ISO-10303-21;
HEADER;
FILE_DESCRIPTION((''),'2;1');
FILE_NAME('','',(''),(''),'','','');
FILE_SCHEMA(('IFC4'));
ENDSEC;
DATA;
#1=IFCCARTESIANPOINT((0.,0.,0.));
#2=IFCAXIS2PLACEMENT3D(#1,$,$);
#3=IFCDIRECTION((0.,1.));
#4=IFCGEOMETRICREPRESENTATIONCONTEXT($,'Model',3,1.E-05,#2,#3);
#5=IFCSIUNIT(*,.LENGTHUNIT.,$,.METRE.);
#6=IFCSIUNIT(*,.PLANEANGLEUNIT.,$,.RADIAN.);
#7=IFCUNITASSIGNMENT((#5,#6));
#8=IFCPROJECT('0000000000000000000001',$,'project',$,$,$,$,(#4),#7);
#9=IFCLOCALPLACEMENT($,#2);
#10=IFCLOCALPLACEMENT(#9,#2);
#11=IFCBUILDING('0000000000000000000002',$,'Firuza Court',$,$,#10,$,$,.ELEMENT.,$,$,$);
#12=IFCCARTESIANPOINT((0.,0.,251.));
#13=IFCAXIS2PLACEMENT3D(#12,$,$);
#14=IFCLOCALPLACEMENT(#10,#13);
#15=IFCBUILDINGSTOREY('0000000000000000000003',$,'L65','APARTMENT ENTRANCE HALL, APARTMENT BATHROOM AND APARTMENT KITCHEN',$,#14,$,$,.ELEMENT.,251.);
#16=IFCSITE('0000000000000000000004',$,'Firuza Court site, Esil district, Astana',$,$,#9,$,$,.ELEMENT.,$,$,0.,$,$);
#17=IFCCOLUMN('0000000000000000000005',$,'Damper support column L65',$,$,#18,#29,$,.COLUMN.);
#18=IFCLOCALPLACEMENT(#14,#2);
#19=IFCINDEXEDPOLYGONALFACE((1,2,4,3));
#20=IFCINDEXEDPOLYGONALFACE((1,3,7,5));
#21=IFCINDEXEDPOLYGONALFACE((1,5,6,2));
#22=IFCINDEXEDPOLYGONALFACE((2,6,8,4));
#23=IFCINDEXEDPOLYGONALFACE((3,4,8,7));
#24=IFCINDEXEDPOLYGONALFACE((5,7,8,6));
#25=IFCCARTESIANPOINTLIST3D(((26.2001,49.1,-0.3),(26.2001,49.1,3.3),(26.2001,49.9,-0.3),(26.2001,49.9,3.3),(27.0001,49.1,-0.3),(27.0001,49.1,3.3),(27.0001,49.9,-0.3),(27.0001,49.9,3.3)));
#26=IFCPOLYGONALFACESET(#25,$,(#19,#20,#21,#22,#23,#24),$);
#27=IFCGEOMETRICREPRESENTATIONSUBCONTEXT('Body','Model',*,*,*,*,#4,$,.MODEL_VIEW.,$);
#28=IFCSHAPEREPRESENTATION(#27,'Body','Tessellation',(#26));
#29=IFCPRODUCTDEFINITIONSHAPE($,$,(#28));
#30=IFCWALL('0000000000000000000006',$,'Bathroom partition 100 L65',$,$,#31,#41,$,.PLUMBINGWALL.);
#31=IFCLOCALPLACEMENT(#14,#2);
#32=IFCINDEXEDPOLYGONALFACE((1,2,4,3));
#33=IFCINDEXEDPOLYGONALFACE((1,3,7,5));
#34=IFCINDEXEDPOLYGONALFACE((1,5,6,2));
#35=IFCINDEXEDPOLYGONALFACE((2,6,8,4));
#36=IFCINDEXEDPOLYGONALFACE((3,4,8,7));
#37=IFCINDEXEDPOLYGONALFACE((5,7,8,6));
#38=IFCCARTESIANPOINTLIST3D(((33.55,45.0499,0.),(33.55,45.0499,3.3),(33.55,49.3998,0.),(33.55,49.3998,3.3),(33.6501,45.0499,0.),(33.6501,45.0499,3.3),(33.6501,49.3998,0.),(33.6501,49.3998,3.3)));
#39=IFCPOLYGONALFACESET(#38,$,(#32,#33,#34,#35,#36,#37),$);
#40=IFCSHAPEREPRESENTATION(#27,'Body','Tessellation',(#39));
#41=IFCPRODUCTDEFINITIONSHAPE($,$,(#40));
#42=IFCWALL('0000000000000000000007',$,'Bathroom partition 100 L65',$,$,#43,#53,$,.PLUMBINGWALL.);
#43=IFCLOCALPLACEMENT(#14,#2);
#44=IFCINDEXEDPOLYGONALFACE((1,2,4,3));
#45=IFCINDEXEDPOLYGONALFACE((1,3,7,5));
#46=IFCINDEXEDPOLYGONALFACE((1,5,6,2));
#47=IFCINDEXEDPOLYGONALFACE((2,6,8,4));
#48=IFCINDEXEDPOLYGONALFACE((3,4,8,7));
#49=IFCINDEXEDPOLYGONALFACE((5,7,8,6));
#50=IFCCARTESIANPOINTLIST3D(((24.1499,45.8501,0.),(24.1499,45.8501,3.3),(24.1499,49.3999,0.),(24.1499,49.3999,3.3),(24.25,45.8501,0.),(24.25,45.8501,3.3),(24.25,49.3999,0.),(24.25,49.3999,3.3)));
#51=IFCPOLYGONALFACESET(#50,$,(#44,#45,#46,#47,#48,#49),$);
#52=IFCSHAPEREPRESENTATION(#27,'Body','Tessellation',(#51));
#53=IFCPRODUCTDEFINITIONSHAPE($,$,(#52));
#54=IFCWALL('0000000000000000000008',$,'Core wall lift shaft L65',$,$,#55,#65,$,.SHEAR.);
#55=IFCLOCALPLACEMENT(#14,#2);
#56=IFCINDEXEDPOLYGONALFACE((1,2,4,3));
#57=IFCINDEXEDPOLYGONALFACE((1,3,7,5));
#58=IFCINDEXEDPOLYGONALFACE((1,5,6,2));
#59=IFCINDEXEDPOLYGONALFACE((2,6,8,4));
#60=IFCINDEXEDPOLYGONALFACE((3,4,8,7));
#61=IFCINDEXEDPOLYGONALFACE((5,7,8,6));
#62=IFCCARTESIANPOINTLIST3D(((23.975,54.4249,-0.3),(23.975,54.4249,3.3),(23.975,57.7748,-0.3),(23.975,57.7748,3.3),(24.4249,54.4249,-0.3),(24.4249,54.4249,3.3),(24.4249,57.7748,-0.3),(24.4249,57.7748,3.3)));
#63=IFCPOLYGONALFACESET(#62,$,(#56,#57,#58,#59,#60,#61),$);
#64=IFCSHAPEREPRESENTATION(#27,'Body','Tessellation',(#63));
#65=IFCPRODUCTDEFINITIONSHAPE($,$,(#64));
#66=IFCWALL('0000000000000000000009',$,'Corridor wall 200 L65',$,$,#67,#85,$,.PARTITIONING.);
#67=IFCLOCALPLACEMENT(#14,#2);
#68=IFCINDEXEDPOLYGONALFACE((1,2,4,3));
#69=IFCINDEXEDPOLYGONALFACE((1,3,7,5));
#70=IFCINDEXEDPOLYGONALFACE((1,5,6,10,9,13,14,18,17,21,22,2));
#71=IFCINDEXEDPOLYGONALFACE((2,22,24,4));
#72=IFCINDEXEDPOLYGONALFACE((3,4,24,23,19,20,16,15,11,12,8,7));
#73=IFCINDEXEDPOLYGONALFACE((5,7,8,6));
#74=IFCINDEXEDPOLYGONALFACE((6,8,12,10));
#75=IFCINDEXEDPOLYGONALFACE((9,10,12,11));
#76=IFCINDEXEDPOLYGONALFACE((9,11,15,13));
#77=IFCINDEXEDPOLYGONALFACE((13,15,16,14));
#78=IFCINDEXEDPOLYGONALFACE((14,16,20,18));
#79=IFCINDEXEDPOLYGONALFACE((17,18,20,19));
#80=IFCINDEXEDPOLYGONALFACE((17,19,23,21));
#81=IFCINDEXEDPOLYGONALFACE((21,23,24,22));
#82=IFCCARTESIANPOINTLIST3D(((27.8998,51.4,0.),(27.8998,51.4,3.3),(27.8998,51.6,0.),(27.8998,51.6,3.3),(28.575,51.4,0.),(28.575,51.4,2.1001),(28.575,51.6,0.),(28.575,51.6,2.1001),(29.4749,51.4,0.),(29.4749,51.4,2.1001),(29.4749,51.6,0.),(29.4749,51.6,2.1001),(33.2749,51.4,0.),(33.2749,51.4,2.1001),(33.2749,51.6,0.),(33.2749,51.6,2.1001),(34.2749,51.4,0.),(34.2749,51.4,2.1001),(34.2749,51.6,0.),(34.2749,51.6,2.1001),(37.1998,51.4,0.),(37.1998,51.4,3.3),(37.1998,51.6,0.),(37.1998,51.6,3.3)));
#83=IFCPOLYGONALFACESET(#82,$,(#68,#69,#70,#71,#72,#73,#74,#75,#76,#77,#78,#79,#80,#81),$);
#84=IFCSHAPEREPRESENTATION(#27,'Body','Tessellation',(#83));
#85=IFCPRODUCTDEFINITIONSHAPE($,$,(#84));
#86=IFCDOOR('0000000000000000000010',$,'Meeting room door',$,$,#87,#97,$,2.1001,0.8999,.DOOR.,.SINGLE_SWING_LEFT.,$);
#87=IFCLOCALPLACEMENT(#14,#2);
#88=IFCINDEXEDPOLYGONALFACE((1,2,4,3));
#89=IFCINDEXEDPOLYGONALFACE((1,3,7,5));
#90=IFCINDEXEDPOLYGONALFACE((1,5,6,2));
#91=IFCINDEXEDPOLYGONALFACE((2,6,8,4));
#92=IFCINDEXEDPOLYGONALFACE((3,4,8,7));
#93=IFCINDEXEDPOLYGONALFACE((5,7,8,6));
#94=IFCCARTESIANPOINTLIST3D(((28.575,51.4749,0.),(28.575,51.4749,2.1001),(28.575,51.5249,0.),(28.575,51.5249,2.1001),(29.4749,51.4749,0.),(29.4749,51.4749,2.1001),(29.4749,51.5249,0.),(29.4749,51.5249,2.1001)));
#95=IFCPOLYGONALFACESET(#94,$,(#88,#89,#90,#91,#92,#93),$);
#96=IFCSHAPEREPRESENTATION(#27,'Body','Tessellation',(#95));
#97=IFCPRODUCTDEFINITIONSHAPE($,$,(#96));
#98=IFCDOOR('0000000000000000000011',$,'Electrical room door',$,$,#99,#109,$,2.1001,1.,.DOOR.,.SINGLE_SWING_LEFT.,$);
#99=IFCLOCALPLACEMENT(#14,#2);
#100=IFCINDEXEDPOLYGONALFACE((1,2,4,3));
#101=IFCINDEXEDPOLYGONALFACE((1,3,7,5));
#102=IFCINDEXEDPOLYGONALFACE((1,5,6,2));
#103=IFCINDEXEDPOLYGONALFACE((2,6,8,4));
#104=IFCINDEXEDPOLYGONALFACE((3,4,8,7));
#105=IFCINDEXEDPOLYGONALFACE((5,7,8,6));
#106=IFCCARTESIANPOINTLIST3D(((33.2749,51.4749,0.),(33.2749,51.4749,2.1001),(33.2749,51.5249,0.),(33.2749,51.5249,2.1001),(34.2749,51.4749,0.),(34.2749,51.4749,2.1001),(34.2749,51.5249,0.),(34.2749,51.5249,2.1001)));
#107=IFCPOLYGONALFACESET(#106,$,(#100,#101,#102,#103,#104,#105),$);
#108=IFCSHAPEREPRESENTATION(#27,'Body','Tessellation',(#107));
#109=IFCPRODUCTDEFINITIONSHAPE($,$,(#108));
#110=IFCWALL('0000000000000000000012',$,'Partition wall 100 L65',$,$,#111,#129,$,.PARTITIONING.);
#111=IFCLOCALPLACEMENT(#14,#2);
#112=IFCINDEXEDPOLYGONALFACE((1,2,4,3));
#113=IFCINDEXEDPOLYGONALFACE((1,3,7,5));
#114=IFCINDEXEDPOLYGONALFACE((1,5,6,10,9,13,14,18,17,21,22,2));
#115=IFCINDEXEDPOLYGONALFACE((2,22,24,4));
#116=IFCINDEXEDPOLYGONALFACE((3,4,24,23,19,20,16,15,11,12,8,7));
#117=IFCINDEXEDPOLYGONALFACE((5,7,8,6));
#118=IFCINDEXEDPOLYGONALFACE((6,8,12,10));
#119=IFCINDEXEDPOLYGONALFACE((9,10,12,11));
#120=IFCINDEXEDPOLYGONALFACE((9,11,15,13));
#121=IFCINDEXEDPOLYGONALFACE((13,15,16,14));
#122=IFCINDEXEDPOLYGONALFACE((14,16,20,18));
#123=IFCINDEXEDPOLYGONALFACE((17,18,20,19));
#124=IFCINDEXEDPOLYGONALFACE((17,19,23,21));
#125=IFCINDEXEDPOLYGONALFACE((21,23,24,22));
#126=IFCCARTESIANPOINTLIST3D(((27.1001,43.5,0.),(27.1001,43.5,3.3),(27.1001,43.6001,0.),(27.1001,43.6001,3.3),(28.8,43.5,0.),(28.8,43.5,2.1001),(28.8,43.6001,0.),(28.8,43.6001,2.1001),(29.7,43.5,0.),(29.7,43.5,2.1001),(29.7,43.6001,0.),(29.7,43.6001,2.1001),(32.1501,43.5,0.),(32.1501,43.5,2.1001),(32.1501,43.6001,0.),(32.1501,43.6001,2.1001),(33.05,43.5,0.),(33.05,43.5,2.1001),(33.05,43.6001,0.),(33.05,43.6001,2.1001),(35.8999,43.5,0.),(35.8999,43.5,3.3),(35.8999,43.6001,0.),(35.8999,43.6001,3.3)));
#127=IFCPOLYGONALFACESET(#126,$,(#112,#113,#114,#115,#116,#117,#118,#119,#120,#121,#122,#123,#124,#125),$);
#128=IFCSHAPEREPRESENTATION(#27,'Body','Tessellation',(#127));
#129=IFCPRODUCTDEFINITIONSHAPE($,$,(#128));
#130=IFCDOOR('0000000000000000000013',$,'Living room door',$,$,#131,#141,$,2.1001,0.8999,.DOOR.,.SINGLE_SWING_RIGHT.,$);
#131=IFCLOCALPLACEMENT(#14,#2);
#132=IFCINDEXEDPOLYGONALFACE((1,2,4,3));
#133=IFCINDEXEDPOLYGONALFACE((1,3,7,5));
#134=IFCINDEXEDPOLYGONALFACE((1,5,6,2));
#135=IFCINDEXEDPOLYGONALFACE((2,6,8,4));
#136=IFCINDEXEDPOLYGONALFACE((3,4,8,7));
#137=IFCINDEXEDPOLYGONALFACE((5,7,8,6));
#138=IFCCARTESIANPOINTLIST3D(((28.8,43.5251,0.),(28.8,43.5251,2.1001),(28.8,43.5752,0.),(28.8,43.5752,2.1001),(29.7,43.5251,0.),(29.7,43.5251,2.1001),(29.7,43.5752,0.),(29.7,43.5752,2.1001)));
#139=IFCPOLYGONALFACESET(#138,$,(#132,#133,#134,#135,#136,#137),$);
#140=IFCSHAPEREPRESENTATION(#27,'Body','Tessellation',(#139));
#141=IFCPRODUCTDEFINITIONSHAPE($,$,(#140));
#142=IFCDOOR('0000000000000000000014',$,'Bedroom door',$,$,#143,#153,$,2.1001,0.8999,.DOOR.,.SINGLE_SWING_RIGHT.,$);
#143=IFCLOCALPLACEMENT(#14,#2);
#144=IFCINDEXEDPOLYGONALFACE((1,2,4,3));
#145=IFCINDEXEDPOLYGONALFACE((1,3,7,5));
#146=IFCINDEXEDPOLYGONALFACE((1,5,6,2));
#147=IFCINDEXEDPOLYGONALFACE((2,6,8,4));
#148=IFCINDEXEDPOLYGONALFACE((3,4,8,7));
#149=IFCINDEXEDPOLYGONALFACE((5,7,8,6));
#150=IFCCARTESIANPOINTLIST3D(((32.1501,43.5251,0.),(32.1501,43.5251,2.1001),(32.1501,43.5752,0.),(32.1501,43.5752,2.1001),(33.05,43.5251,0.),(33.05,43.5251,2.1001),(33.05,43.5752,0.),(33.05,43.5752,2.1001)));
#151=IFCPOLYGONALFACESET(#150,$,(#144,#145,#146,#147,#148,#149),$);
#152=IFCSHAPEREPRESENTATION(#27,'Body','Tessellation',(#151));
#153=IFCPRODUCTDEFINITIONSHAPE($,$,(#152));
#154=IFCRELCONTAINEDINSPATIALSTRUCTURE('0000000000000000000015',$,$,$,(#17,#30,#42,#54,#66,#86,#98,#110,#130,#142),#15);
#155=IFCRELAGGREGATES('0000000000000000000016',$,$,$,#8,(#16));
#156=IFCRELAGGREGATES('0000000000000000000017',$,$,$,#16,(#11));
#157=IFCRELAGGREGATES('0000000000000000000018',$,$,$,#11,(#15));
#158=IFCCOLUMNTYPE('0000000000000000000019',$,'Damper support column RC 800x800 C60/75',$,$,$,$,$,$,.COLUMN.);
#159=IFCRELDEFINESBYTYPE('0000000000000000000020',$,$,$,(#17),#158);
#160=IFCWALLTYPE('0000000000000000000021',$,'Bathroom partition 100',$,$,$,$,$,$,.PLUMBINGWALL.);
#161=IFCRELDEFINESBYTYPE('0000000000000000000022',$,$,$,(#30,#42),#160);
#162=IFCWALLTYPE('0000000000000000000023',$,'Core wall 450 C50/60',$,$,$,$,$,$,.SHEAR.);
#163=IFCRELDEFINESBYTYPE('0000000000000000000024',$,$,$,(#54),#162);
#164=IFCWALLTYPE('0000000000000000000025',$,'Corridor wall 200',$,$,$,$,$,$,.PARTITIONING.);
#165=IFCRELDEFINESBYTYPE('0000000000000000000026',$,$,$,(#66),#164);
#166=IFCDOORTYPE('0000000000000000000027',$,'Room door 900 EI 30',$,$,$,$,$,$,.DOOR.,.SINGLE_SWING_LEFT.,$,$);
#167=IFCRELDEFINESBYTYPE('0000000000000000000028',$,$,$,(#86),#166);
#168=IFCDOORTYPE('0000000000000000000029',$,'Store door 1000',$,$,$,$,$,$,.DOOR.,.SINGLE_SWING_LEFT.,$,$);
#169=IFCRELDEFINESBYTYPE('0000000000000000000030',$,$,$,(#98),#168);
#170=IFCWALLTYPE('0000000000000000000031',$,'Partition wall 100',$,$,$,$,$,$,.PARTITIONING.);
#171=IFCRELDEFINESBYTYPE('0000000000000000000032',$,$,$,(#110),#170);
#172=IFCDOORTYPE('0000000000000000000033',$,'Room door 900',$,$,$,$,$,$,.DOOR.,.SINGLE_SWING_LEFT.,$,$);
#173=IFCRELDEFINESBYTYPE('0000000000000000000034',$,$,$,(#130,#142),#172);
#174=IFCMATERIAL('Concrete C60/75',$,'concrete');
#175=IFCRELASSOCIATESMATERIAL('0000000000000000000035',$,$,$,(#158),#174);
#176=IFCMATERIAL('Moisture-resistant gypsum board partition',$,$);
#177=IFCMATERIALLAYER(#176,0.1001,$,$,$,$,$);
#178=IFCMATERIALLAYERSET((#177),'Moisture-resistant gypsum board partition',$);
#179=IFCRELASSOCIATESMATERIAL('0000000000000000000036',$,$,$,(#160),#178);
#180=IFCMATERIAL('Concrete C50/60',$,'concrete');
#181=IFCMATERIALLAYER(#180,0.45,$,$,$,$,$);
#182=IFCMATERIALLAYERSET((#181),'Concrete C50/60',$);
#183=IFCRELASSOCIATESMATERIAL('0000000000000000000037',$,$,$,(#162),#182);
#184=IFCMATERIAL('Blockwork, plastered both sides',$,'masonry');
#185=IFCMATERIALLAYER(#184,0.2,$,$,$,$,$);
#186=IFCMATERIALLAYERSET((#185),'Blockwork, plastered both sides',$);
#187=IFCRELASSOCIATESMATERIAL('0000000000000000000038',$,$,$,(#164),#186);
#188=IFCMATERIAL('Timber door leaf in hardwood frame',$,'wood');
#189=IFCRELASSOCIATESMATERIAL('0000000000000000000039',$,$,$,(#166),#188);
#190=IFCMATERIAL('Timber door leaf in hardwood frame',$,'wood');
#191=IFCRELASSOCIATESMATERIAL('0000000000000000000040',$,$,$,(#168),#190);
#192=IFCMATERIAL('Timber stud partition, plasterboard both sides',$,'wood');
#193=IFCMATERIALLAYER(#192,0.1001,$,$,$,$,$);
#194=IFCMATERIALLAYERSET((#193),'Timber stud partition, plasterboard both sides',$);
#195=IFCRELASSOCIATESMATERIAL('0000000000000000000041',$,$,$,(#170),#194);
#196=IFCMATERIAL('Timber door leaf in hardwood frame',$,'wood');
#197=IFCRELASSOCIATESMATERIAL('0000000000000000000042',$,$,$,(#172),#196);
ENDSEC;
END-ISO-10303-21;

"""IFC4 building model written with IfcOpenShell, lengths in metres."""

from ifc_helpers import new_model, si_unit, direction, frame, frame_2d, origin, origin_2d, place, context, subcontext, project, spatial, rectangle, extrude, material, layer, layer_set, material_profile, profile_set, type_object, element, fill, save


model = new_model("IFC4")

# Units and contexts
model_context = context("Model", 3, precision=1e-05, world=origin(), true_north=direction((0.0, 1.0)))
body_context = subcontext(model_context, "Body", "Model", "MODEL_VIEW")
ifc_project = project(units=[si_unit("LENGTHUNIT", "METRE"), si_unit("PLANEANGLEUNIT", "RADIAN")], contexts=[model_context])

# Site, building, storey
site_placement = place(None, origin())
site = spatial("IfcSite", under=ifc_project, at=site_placement, Name="Firuza Court site, Esil district, Astana", CompositionType="ELEMENT", RefElevation=0.0)
building_placement = place(site_placement, origin())
building = spatial("IfcBuilding", under=site, at=building_placement, Name="Firuza Court", CompositionType="ELEMENT")
storey_placement = place(building_placement, frame((0.0, 0.0, 251.0)))
storey = spatial("IfcBuildingStorey", under=building, at=storey_placement, Name="L65", Description="APARTMENT ENTRANCE HALL, APARTMENT BATHROOM AND APARTMENT KITCHEN", CompositionType="ELEMENT", Elevation=251.0)

# Column
ifc_material_1 = material(Name="Concrete C60/75", Category="concrete")
ifc_material_profile = material_profile(ifc_material_1, rectangle(XDim=0.8, YDim=0.8, at=origin_2d()), Name="RC 800x800")
ifc_profile_set = profile_set([ifc_material_profile], Name="Concrete C60/75")
column_type = type_object("IfcColumnType", Name="Damper support column RC 800x800 C60/75", PredefinedType="COLUMN", material=ifc_profile_set)
column_placement = place(storey_placement, frame((26.6001, 49.5, -0.3), z_axis=(0.0, 0.0, 1.0), x_axis=(1.0, 0.0, 0.0)))
element("IfcColumn", 1, at=column_placement, inside=storey, type_object=column_type, Name="Damper support column L65", PredefinedType="COLUMN", context=body_context, shape_type="SweptSolid", body=[
    extrude(rectangle(XDim=0.8, YDim=0.8, at=origin_2d()), origin(), (0.0, 0.0, 1.0), 3.6001),
])

# Walls
ifc_material_2 = material(Name="Moisture-resistant gypsum board partition")
ifc_layer_1 = layer(ifc_material_2, 0.1001)
ifc_layer_set_1 = layer_set([ifc_layer_1], Name="Moisture-resistant gypsum board partition")
wall_type_1 = type_object("IfcWallType", Name="Bathroom partition 100", PredefinedType="PLUMBINGWALL", material=ifc_layer_set_1)
wall_1_placement = place(storey_placement, frame((33.6001, 45.05, 0.0), z_axis=(0.0, 0.0, 1.0), x_axis=(0.0, 1.0, 0.0)))
element("IfcWall", 2, at=wall_1_placement, inside=storey, type_object=wall_type_1, Name="Bathroom partition 100 L65", PredefinedType="PLUMBINGWALL", context=body_context, shape_type="SweptSolid", body=[
    extrude(rectangle(XDim=4.3499, YDim=0.1001, at=frame_2d((2.1748, 0.0))), origin(), (0.0, 0.0, 1.0), 3.3),
])
wall_2_placement = place(storey_placement, frame((24.2, 45.8501, 0.0), z_axis=(0.0, 0.0, 1.0), x_axis=(0.0, 1.0, 0.0)))
element("IfcWall", 3, at=wall_2_placement, inside=storey, type_object=wall_type_1, Name="Bathroom partition 100 L65", PredefinedType="PLUMBINGWALL", context=body_context, shape_type="SweptSolid", body=[
    extrude(rectangle(XDim=3.5498, YDim=0.1001, at=frame_2d((1.7749, 0.0))), origin(), (0.0, 0.0, 1.0), 3.3),
])
ifc_material_3 = material(Name="Concrete C50/60", Category="concrete")
ifc_layer_2 = layer(ifc_material_3, 0.45)
ifc_layer_set_2 = layer_set([ifc_layer_2], Name="Concrete C50/60")
wall_type_2 = type_object("IfcWallType", Name="Core wall 450 C50/60", PredefinedType="SHEAR", material=ifc_layer_set_2)
wall_3_placement = place(storey_placement, frame((24.2, 54.425, -0.3), z_axis=(0.0, 0.0, 1.0), x_axis=(0.0, 1.0, 0.0)))
element("IfcWall", 4, at=wall_3_placement, inside=storey, type_object=wall_type_2, Name="Core wall lift shaft L65", PredefinedType="SHEAR", context=body_context, shape_type="SweptSolid", body=[
    extrude(rectangle(XDim=3.3499, YDim=0.45, at=frame_2d((1.6748, 0.0))), origin(), (0.0, 0.0, 1.0), 3.6001),
])

# Walls, openings, doors
ifc_material_4 = material(Name="Blockwork, plastered both sides", Category="masonry")
ifc_layer_3 = layer(ifc_material_4, 0.2)
ifc_layer_set_3 = layer_set([ifc_layer_3], Name="Blockwork, plastered both sides")
wall_type_3 = type_object("IfcWallType", Name="Corridor wall 200", PredefinedType="PARTITIONING", material=ifc_layer_set_3)
wall_4_placement = place(storey_placement, frame((27.8999, 51.5, 0.0), z_axis=(0.0, 0.0, 1.0), x_axis=(1.0, 0.0, 0.0)))
wall_4 = element("IfcWall", 5, at=wall_4_placement, inside=storey, type_object=wall_type_3, Name="Corridor wall 200 L65", PredefinedType="PARTITIONING", context=body_context, shape_type="SweptSolid", body=[
    extrude(rectangle(XDim=9.3, YDim=0.2, at=frame_2d((4.6499, 0.0))), origin(), (0.0, 0.0, 1.0), 3.3),
])
opening_1_placement = place(wall_4_placement, frame((0.675, 0.0, 0.0)))
opening_1 = element("IfcOpeningElement", 6, at=opening_1_placement, cuts=wall_4, PredefinedType="OPENING", context=body_context, shape_type="SweptSolid", body=[
    extrude(rectangle(XDim=0.8999, YDim=2.1001, at=frame_2d((0.45, 1.05))), frame((0.0, 0.1118, 0.0), z_axis=(0.0, -1.0, 0.0), x_axis=(1.0, 0.0, 0.0)), (0.0, 0.0, 1.0), 0.2239),
])
opening_2_placement = place(wall_4_placement, frame((5.375, 0.0, 0.0)))
opening_2 = element("IfcOpeningElement", 7, at=opening_2_placement, cuts=wall_4, PredefinedType="OPENING", context=body_context, shape_type="SweptSolid", body=[
    extrude(rectangle(XDim=1.0, YDim=2.1001, at=frame_2d((0.5, 1.05))), frame((0.0, 0.1118, 0.0), z_axis=(0.0, -1.0, 0.0), x_axis=(1.0, 0.0, 0.0)), (0.0, 0.0, 1.0), 0.2239),
])
ifc_material_5 = material(Name="Timber door leaf in hardwood frame", Category="wood")
door_type_1 = type_object("IfcDoorType", Name="Room door 900 EI 30", OperationType="SINGLE_SWING_LEFT", PredefinedType="DOOR", material=ifc_material_5)
door_1_placement = place(opening_1_placement, origin())
door_1 = element("IfcDoor", 8, at=door_1_placement, inside=storey, type_object=door_type_1, Name="Meeting room door", OperationType="SINGLE_SWING_LEFT", OverallHeight=2.1001, OverallWidth=0.8999, PredefinedType="DOOR", context=body_context, shape_type="SweptSolid", body=[
    extrude(rectangle(XDim=0.8999, YDim=2.1001, at=frame_2d((0.45, 1.05))), frame((0.0, 0.0249, 0.0), z_axis=(0.0, -1.0, 0.0), x_axis=(1.0, 0.0, 0.0)), (0.0, 0.0, 1.0), 0.05),
])
fill(opening_1, door_1)
ifc_material_6 = material(Name="Timber door leaf in hardwood frame", Category="wood")
door_type_2 = type_object("IfcDoorType", Name="Store door 1000", OperationType="SINGLE_SWING_LEFT", PredefinedType="DOOR", material=ifc_material_6)
door_2_placement = place(opening_2_placement, origin())
door_2 = element("IfcDoor", 9, at=door_2_placement, inside=storey, type_object=door_type_2, Name="Electrical room door", OperationType="SINGLE_SWING_LEFT", OverallHeight=2.1001, OverallWidth=1.0, PredefinedType="DOOR", context=body_context, shape_type="SweptSolid", body=[
    extrude(rectangle(XDim=1.0, YDim=2.1001, at=frame_2d((0.5, 1.05))), frame((0.0, 0.0249, 0.0), z_axis=(0.0, -1.0, 0.0), x_axis=(1.0, 0.0, 0.0)), (0.0, 0.0, 1.0), 0.05),
])
fill(opening_2, door_2)
ifc_material_7 = material(Name="Timber stud partition, plasterboard both sides", Category="wood")
ifc_layer_4 = layer(ifc_material_7, 0.1001)
ifc_layer_set_4 = layer_set([ifc_layer_4], Name="Timber stud partition, plasterboard both sides")
wall_type_4 = type_object("IfcWallType", Name="Partition wall 100", PredefinedType="PARTITIONING", material=ifc_layer_set_4)
wall_5_placement = place(storey_placement, frame((27.1001, 43.55, 0.0), z_axis=(0.0, 0.0, 1.0), x_axis=(1.0, 0.0, 0.0)))
wall_5 = element("IfcWall", 10, at=wall_5_placement, inside=storey, type_object=wall_type_4, Name="Partition wall 100 L65", PredefinedType="PARTITIONING", context=body_context, shape_type="SweptSolid", body=[
    extrude(rectangle(XDim=8.7998, YDim=0.1001, at=frame_2d((4.3999, 0.0))), origin(), (0.0, 0.0, 1.0), 3.3),
])
opening_3_placement = place(wall_5_placement, frame((1.7, 0.0, 0.0)))
opening_3 = element("IfcOpeningElement", 11, at=opening_3_placement, cuts=wall_5, PredefinedType="OPENING", context=body_context, shape_type="SweptSolid", body=[
    extrude(rectangle(XDim=0.8999, YDim=2.1001, at=frame_2d((0.45, 1.05))), frame((0.0, 0.062, 0.0), z_axis=(0.0, -1.0, 0.0), x_axis=(1.0, 0.0, 0.0)), (0.0, 0.0, 1.0), 0.124),
])
opening_4_placement = place(wall_5_placement, frame((5.05, 0.0, 0.0)))
opening_4 = element("IfcOpeningElement", 12, at=opening_4_placement, cuts=wall_5, PredefinedType="OPENING", context=body_context, shape_type="SweptSolid", body=[
    extrude(rectangle(XDim=0.8999, YDim=2.1001, at=frame_2d((0.45, 1.05))), frame((0.0, 0.062, 0.0), z_axis=(0.0, -1.0, 0.0), x_axis=(1.0, 0.0, 0.0)), (0.0, 0.0, 1.0), 0.124),
])
ifc_material_8 = material(Name="Timber door leaf in hardwood frame", Category="wood")
door_type_3 = type_object("IfcDoorType", Name="Room door 900", OperationType="SINGLE_SWING_LEFT", PredefinedType="DOOR", material=ifc_material_8)
door_3_placement = place(opening_3_placement, frame((0.8999, 0.0, 0.0), z_axis=(0.0, 0.0, 1.0), x_axis=(-1.0, 0.0, 0.0)))
door_3 = element("IfcDoor", 13, at=door_3_placement, inside=storey, type_object=door_type_3, Name="Living room door", OperationType="SINGLE_SWING_RIGHT", OverallHeight=2.1001, OverallWidth=0.8999, PredefinedType="DOOR", context=body_context, shape_type="SweptSolid", body=[
    extrude(rectangle(XDim=0.8999, YDim=2.1001, at=frame_2d((0.45, 1.05))), frame((0.0, 0.0249, 0.0), z_axis=(0.0, -1.0, 0.0), x_axis=(1.0, 0.0, 0.0)), (0.0, 0.0, 1.0), 0.05),
])
fill(opening_3, door_3)
door_4_placement = place(opening_4_placement, frame((0.8999, 0.0, 0.0), z_axis=(0.0, 0.0, 1.0), x_axis=(-1.0, 0.0, 0.0)))
door_4 = element("IfcDoor", 14, at=door_4_placement, inside=storey, type_object=door_type_3, Name="Bedroom door", OperationType="SINGLE_SWING_RIGHT", OverallHeight=2.1001, OverallWidth=0.8999, PredefinedType="DOOR", context=body_context, shape_type="SweptSolid", body=[
    extrude(rectangle(XDim=0.8999, YDim=2.1001, at=frame_2d((0.45, 1.05))), frame((0.0, 0.0249, 0.0), z_axis=(0.0, -1.0, 0.0), x_axis=(1.0, 0.0, 0.0)), (0.0, 0.0, 1.0), 0.05),
])
fill(opening_4, door_4)

save(model, "model.ifc")
